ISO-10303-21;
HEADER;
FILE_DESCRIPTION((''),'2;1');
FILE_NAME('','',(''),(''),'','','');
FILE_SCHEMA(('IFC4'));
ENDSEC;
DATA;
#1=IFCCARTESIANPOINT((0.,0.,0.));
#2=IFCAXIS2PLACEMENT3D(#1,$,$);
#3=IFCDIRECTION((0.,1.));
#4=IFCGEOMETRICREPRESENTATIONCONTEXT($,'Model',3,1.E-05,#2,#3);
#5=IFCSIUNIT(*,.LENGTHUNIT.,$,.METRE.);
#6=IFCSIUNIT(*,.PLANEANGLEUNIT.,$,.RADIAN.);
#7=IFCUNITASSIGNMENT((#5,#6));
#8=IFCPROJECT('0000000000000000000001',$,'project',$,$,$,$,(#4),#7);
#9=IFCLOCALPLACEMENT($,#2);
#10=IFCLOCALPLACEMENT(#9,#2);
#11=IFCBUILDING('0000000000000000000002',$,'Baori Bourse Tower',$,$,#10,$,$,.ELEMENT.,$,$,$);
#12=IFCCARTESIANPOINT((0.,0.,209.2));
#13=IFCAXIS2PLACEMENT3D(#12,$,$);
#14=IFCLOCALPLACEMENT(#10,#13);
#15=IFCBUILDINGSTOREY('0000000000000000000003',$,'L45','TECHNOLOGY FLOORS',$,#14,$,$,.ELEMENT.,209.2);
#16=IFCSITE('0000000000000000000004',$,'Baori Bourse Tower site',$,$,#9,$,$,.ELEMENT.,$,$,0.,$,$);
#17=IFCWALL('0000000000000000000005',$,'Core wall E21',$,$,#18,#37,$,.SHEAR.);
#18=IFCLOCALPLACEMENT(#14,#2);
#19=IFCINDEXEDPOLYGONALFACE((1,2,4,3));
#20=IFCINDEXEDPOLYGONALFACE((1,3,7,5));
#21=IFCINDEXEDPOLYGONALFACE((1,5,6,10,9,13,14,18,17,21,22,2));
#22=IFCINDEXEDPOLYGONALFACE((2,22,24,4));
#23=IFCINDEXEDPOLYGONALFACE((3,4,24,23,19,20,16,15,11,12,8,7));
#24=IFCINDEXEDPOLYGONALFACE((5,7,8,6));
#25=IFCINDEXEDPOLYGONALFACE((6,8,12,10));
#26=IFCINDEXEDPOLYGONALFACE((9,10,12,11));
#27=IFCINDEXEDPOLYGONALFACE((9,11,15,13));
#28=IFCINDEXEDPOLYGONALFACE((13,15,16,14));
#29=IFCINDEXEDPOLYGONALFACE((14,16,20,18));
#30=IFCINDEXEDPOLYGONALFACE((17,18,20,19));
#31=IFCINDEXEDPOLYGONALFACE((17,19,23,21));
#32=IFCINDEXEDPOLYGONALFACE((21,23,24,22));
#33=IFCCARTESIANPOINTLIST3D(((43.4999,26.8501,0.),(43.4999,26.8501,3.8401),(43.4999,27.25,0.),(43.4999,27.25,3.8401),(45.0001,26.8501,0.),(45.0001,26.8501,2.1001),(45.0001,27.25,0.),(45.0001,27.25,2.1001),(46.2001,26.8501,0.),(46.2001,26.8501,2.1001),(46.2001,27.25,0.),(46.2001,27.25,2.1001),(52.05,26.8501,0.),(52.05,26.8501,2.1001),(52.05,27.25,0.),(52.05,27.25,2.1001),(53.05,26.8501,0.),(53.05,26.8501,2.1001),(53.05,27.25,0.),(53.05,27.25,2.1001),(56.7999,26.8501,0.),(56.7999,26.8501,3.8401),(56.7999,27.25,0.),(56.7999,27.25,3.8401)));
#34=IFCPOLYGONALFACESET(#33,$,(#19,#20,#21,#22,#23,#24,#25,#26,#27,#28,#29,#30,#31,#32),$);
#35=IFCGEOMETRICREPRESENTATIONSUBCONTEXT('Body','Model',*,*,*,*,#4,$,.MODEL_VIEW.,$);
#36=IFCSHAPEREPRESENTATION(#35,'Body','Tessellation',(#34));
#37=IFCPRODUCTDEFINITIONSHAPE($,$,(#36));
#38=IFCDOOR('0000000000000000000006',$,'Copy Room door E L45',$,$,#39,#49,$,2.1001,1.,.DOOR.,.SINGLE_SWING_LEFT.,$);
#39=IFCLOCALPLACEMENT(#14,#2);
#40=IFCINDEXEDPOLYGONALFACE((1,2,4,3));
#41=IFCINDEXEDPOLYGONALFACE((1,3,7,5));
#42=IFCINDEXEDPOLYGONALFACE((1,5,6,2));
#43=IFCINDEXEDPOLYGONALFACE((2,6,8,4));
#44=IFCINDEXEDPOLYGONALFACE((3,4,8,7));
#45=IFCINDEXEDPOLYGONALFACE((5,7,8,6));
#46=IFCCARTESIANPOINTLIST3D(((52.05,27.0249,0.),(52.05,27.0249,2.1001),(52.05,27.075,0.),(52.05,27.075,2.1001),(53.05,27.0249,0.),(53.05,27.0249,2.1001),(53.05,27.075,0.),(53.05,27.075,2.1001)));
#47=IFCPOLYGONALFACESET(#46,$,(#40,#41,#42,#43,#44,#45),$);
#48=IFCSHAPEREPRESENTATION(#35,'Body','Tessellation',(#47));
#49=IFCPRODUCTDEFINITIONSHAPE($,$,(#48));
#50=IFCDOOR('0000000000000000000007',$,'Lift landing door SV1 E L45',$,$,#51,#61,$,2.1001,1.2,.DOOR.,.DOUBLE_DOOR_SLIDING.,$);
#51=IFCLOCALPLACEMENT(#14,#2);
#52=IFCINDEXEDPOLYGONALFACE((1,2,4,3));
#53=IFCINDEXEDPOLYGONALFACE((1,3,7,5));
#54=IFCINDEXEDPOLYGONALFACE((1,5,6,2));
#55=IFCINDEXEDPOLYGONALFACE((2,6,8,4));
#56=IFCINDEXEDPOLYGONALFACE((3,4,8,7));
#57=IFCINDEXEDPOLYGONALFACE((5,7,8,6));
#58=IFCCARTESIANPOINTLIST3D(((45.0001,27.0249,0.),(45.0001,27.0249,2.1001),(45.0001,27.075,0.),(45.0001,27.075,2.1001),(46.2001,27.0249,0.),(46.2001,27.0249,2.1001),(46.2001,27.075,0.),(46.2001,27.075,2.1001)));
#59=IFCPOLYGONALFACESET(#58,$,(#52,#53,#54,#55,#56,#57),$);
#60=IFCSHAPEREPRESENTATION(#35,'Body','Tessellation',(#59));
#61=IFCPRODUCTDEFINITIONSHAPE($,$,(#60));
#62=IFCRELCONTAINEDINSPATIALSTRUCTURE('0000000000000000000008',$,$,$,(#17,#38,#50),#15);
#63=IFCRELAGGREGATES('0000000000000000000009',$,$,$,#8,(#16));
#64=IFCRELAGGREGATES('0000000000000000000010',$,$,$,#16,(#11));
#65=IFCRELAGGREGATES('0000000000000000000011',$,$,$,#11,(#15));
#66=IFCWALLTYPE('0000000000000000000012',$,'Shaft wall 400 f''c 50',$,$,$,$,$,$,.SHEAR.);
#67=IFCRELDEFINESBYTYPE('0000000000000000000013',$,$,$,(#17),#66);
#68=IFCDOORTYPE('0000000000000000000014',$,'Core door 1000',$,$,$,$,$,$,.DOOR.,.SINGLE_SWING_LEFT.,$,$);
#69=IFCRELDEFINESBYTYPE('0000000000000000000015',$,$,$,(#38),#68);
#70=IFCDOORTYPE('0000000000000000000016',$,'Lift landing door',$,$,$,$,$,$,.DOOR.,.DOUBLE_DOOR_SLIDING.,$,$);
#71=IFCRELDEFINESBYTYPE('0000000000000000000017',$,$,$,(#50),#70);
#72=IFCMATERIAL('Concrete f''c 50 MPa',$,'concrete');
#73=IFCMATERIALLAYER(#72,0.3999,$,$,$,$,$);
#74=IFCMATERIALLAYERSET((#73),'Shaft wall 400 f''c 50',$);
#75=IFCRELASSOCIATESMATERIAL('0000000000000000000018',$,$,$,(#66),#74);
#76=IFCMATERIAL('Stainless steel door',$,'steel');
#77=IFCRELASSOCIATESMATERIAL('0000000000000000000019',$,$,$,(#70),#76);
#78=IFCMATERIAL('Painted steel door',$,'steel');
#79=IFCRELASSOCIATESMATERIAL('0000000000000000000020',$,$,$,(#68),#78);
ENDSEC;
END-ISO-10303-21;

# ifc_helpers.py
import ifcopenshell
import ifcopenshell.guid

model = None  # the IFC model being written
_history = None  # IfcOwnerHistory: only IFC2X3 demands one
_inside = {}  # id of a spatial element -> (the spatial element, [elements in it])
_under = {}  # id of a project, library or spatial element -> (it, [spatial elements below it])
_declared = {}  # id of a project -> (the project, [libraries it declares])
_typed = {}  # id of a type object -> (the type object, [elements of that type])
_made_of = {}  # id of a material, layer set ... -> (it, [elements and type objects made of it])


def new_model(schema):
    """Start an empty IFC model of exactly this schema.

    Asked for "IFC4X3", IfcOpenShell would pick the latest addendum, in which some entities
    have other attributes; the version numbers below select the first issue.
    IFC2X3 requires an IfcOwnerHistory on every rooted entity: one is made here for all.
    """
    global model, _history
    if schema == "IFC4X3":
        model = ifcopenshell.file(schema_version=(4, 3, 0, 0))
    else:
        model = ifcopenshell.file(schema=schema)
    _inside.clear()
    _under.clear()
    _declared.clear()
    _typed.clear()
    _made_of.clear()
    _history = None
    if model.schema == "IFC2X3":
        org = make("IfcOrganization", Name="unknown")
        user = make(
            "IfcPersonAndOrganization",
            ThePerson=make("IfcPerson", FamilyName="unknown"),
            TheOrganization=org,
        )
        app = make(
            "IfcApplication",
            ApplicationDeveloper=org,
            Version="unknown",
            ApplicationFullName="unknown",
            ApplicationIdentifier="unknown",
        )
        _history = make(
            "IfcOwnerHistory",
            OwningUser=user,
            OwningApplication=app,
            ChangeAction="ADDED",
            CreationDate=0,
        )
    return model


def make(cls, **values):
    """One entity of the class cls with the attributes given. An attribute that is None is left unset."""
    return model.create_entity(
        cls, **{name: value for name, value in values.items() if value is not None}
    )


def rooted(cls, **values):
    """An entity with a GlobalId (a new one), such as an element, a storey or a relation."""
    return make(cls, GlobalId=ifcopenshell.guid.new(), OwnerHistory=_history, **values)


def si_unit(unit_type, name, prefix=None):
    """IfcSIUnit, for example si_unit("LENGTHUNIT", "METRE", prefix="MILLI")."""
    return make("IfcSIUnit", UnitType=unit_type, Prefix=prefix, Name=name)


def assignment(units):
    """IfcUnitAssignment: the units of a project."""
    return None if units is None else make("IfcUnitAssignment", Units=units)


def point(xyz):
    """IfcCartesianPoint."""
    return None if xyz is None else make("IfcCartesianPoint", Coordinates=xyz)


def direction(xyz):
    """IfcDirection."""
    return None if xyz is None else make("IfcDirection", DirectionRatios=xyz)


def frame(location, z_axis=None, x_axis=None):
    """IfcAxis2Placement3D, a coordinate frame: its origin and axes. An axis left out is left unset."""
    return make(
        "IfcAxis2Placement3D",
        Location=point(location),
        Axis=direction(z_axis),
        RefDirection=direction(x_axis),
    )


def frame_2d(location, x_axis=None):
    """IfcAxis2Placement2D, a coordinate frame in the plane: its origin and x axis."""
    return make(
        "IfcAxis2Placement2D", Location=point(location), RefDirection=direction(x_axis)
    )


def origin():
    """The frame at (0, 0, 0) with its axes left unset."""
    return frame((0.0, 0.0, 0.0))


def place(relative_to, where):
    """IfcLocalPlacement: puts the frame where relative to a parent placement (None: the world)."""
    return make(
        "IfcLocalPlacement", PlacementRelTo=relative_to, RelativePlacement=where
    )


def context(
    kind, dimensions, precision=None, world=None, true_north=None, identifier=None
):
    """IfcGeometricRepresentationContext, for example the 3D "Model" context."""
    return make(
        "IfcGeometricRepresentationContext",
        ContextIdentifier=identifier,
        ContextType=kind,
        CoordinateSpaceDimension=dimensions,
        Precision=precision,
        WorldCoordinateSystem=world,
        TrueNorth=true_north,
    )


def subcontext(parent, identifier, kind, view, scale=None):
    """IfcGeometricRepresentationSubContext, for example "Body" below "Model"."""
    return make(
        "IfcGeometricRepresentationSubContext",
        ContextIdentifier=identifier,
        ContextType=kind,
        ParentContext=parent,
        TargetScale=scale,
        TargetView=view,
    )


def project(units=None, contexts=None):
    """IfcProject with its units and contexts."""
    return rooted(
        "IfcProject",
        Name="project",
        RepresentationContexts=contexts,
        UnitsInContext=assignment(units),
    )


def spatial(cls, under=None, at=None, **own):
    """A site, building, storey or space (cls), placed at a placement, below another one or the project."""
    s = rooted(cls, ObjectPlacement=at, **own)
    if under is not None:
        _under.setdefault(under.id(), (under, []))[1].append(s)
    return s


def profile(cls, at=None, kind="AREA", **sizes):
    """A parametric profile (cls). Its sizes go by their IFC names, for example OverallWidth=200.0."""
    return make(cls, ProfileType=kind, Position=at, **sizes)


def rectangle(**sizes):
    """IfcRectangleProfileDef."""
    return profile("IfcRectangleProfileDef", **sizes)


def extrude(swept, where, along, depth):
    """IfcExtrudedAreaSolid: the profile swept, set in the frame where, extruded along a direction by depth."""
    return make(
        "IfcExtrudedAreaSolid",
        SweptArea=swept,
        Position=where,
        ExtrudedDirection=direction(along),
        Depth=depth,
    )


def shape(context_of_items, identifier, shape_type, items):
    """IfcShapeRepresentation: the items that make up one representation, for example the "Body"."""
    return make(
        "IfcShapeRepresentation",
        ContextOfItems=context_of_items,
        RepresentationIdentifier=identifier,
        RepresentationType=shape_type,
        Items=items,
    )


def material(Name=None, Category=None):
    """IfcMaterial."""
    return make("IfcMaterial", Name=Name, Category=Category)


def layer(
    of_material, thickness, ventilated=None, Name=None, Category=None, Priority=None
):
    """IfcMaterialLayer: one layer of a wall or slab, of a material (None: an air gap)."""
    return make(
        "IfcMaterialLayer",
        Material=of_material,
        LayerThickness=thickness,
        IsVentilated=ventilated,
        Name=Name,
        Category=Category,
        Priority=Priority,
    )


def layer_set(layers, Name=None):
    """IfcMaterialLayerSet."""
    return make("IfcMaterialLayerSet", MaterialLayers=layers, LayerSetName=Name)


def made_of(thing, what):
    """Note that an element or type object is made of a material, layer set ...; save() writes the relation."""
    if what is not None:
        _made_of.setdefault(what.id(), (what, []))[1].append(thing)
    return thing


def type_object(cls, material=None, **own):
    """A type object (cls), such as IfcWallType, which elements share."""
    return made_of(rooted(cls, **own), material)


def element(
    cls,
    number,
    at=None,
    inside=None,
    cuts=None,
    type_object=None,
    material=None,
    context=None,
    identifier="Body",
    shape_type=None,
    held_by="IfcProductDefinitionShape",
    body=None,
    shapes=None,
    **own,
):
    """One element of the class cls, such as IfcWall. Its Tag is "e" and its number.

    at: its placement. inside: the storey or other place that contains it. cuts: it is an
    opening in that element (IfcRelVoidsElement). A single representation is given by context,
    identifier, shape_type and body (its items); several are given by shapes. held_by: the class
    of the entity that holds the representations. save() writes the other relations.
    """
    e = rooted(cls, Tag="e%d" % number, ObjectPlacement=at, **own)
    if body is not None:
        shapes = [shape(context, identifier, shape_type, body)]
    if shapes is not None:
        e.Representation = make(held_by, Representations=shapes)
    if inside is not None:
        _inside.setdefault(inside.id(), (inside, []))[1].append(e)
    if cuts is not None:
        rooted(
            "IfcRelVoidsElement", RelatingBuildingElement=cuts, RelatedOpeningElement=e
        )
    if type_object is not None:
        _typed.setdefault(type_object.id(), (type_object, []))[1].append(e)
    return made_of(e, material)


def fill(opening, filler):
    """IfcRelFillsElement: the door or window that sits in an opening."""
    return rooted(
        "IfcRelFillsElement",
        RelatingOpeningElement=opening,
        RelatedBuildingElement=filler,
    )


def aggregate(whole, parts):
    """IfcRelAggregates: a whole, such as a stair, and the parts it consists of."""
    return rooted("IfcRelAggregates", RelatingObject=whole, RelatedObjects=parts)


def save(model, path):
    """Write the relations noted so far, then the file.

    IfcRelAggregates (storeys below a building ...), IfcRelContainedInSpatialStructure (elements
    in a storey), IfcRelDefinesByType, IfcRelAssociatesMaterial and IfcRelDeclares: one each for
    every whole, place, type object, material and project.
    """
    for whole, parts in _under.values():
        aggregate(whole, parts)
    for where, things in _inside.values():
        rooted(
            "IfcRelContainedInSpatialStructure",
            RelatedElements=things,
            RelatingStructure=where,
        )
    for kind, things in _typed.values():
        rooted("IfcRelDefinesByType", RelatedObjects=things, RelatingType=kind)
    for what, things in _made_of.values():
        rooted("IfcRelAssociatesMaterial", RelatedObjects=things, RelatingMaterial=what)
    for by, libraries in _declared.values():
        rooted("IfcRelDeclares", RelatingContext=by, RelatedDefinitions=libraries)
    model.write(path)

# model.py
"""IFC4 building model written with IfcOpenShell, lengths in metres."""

from ifc_helpers import new_model, si_unit, direction, frame, frame_2d, origin, place, context, subcontext, project, spatial, rectangle, extrude, material, layer, layer_set, type_object, element, fill, save


model = new_model("IFC4")

# Units and contexts
model_context = context("Model", 3, precision=1e-05, world=origin(), true_north=direction((0.0, 1.0)))
body_context = subcontext(model_context, "Body", "Model", "MODEL_VIEW")
ifc_project = project(units=[si_unit("LENGTHUNIT", "METRE"), si_unit("PLANEANGLEUNIT", "RADIAN")], contexts=[model_context])

# Site, building, storey
site_placement = place(None, origin())
site = spatial("IfcSite", under=ifc_project, at=site_placement, Name="Baori Bourse Tower site", CompositionType="ELEMENT", RefElevation=0.0)
building_placement = place(site_placement, origin())
building = spatial("IfcBuilding", under=site, at=building_placement, Name="Baori Bourse Tower", CompositionType="ELEMENT")
storey_placement = place(building_placement, frame((0.0, 0.0, 209.2)))
storey = spatial("IfcBuildingStorey", under=building, at=storey_placement, Name="L45", Description="TECHNOLOGY FLOORS", CompositionType="ELEMENT", Elevation=209.2)

# Shared definitions
ifc_material_1 = material(Name="Concrete f'c 50 MPa", Category="concrete")
ifc_layer_1 = layer(ifc_material_1, 0.3999)
ifc_layer_set_1 = layer_set([ifc_layer_1], Name="Shaft wall 400 f'c 50")
wall_type_1 = type_object("IfcWallType", Name="Shaft wall 400 f'c 50", PredefinedType="SHEAR", material=ifc_layer_set_1)
ifc_material_2 = material(Name="Stainless steel door", Category="steel")
door_type_1 = type_object("IfcDoorType", Name="Lift landing door", OperationType="DOUBLE_DOOR_SLIDING", PredefinedType="DOOR", material=ifc_material_2)

# Wall, openings, doors
wall_1_placement = place(storey_placement, frame((43.5, 27.05, 0.0), z_axis=(0.0, 0.0, 1.0), x_axis=(1.0, 0.0, 0.0)))
wall_1 = element("IfcWall", 1, at=wall_1_placement, inside=storey, type_object=wall_type_1, Name="Core wall E21", PredefinedType="SHEAR", context=body_context, shape_type="SweptSolid", body=[
    extrude(rectangle(XDim=13.3, YDim=0.3999, at=frame_2d((6.6499, 0.0))), origin(), (0.0, 0.0, 1.0), 3.8401),
])
opening_1_placement = place(wall_1_placement, frame((8.55, 0.0, 0.0)))
opening_1 = element("IfcOpeningElement", 2, at=opening_1_placement, cuts=wall_1, PredefinedType="OPENING", context=body_context, shape_type="SweptSolid", body=[
    extrude(rectangle(XDim=1.0, YDim=2.1001, at=frame_2d((0.5, 1.05))), frame((0.0, 0.21, 0.0), z_axis=(0.0, -1.0, 0.0), x_axis=(1.0, 0.0, 0.0)), (0.0, 0.0, 1.0), 0.4199),
])
opening_2_placement = place(wall_1_placement, frame((1.5, 0.0, 0.0)))
opening_2 = element("IfcOpeningElement", 3, at=opening_2_placement, cuts=wall_1, PredefinedType="OPENING", context=body_context, shape_type="SweptSolid", body=[
    extrude(rectangle(XDim=1.2, YDim=2.1001, at=frame_2d((0.6001, 1.05))), frame((0.0, 0.21, 0.0), z_axis=(0.0, -1.0, 0.0), x_axis=(1.0, 0.0, 0.0)), (0.0, 0.0, 1.0), 0.4199),
])
ifc_material_3 = material(Name="Painted steel door", Category="steel")
door_type_2 = type_object("IfcDoorType", Name="Core door 1000", OperationType="SINGLE_SWING_LEFT", PredefinedType="DOOR", material=ifc_material_3)
door_1_placement = place(opening_1_placement, origin())
door_1 = element("IfcDoor", 4, at=door_1_placement, inside=storey, type_object=door_type_2, Name="Copy Room door E L45", OperationType="SINGLE_SWING_LEFT", OverallHeight=2.1001, OverallWidth=1.0, PredefinedType="DOOR", context=body_context, shape_type="SweptSolid", body=[
    extrude(rectangle(XDim=1.0, YDim=2.1001, at=frame_2d((0.5, 1.05))), frame((0.0, 0.0249, 0.0), z_axis=(0.0, -1.0, 0.0), x_axis=(1.0, 0.0, 0.0)), (0.0, 0.0, 1.0), 0.05),
])
fill(opening_1, door_1)
door_2_placement = place(opening_2_placement, origin())
door_2 = element("IfcDoor", 5, at=door_2_placement, inside=storey, type_object=door_type_1, Name="Lift landing door SV1 E L45", OperationType="DOUBLE_DOOR_SLIDING", OverallHeight=2.1001, OverallWidth=1.2, PredefinedType="DOOR", context=body_context, shape_type="SweptSolid", body=[
    extrude(rectangle(XDim=1.2, YDim=2.1001, at=frame_2d((0.6001, 1.05))), frame((0.0, 0.0249, 0.0), z_axis=(0.0, -1.0, 0.0), x_axis=(1.0, 0.0, 0.0)), (0.0, 0.0, 1.0), 0.05),
])
fill(opening_2, door_2)

save(model, "model.ifc")
